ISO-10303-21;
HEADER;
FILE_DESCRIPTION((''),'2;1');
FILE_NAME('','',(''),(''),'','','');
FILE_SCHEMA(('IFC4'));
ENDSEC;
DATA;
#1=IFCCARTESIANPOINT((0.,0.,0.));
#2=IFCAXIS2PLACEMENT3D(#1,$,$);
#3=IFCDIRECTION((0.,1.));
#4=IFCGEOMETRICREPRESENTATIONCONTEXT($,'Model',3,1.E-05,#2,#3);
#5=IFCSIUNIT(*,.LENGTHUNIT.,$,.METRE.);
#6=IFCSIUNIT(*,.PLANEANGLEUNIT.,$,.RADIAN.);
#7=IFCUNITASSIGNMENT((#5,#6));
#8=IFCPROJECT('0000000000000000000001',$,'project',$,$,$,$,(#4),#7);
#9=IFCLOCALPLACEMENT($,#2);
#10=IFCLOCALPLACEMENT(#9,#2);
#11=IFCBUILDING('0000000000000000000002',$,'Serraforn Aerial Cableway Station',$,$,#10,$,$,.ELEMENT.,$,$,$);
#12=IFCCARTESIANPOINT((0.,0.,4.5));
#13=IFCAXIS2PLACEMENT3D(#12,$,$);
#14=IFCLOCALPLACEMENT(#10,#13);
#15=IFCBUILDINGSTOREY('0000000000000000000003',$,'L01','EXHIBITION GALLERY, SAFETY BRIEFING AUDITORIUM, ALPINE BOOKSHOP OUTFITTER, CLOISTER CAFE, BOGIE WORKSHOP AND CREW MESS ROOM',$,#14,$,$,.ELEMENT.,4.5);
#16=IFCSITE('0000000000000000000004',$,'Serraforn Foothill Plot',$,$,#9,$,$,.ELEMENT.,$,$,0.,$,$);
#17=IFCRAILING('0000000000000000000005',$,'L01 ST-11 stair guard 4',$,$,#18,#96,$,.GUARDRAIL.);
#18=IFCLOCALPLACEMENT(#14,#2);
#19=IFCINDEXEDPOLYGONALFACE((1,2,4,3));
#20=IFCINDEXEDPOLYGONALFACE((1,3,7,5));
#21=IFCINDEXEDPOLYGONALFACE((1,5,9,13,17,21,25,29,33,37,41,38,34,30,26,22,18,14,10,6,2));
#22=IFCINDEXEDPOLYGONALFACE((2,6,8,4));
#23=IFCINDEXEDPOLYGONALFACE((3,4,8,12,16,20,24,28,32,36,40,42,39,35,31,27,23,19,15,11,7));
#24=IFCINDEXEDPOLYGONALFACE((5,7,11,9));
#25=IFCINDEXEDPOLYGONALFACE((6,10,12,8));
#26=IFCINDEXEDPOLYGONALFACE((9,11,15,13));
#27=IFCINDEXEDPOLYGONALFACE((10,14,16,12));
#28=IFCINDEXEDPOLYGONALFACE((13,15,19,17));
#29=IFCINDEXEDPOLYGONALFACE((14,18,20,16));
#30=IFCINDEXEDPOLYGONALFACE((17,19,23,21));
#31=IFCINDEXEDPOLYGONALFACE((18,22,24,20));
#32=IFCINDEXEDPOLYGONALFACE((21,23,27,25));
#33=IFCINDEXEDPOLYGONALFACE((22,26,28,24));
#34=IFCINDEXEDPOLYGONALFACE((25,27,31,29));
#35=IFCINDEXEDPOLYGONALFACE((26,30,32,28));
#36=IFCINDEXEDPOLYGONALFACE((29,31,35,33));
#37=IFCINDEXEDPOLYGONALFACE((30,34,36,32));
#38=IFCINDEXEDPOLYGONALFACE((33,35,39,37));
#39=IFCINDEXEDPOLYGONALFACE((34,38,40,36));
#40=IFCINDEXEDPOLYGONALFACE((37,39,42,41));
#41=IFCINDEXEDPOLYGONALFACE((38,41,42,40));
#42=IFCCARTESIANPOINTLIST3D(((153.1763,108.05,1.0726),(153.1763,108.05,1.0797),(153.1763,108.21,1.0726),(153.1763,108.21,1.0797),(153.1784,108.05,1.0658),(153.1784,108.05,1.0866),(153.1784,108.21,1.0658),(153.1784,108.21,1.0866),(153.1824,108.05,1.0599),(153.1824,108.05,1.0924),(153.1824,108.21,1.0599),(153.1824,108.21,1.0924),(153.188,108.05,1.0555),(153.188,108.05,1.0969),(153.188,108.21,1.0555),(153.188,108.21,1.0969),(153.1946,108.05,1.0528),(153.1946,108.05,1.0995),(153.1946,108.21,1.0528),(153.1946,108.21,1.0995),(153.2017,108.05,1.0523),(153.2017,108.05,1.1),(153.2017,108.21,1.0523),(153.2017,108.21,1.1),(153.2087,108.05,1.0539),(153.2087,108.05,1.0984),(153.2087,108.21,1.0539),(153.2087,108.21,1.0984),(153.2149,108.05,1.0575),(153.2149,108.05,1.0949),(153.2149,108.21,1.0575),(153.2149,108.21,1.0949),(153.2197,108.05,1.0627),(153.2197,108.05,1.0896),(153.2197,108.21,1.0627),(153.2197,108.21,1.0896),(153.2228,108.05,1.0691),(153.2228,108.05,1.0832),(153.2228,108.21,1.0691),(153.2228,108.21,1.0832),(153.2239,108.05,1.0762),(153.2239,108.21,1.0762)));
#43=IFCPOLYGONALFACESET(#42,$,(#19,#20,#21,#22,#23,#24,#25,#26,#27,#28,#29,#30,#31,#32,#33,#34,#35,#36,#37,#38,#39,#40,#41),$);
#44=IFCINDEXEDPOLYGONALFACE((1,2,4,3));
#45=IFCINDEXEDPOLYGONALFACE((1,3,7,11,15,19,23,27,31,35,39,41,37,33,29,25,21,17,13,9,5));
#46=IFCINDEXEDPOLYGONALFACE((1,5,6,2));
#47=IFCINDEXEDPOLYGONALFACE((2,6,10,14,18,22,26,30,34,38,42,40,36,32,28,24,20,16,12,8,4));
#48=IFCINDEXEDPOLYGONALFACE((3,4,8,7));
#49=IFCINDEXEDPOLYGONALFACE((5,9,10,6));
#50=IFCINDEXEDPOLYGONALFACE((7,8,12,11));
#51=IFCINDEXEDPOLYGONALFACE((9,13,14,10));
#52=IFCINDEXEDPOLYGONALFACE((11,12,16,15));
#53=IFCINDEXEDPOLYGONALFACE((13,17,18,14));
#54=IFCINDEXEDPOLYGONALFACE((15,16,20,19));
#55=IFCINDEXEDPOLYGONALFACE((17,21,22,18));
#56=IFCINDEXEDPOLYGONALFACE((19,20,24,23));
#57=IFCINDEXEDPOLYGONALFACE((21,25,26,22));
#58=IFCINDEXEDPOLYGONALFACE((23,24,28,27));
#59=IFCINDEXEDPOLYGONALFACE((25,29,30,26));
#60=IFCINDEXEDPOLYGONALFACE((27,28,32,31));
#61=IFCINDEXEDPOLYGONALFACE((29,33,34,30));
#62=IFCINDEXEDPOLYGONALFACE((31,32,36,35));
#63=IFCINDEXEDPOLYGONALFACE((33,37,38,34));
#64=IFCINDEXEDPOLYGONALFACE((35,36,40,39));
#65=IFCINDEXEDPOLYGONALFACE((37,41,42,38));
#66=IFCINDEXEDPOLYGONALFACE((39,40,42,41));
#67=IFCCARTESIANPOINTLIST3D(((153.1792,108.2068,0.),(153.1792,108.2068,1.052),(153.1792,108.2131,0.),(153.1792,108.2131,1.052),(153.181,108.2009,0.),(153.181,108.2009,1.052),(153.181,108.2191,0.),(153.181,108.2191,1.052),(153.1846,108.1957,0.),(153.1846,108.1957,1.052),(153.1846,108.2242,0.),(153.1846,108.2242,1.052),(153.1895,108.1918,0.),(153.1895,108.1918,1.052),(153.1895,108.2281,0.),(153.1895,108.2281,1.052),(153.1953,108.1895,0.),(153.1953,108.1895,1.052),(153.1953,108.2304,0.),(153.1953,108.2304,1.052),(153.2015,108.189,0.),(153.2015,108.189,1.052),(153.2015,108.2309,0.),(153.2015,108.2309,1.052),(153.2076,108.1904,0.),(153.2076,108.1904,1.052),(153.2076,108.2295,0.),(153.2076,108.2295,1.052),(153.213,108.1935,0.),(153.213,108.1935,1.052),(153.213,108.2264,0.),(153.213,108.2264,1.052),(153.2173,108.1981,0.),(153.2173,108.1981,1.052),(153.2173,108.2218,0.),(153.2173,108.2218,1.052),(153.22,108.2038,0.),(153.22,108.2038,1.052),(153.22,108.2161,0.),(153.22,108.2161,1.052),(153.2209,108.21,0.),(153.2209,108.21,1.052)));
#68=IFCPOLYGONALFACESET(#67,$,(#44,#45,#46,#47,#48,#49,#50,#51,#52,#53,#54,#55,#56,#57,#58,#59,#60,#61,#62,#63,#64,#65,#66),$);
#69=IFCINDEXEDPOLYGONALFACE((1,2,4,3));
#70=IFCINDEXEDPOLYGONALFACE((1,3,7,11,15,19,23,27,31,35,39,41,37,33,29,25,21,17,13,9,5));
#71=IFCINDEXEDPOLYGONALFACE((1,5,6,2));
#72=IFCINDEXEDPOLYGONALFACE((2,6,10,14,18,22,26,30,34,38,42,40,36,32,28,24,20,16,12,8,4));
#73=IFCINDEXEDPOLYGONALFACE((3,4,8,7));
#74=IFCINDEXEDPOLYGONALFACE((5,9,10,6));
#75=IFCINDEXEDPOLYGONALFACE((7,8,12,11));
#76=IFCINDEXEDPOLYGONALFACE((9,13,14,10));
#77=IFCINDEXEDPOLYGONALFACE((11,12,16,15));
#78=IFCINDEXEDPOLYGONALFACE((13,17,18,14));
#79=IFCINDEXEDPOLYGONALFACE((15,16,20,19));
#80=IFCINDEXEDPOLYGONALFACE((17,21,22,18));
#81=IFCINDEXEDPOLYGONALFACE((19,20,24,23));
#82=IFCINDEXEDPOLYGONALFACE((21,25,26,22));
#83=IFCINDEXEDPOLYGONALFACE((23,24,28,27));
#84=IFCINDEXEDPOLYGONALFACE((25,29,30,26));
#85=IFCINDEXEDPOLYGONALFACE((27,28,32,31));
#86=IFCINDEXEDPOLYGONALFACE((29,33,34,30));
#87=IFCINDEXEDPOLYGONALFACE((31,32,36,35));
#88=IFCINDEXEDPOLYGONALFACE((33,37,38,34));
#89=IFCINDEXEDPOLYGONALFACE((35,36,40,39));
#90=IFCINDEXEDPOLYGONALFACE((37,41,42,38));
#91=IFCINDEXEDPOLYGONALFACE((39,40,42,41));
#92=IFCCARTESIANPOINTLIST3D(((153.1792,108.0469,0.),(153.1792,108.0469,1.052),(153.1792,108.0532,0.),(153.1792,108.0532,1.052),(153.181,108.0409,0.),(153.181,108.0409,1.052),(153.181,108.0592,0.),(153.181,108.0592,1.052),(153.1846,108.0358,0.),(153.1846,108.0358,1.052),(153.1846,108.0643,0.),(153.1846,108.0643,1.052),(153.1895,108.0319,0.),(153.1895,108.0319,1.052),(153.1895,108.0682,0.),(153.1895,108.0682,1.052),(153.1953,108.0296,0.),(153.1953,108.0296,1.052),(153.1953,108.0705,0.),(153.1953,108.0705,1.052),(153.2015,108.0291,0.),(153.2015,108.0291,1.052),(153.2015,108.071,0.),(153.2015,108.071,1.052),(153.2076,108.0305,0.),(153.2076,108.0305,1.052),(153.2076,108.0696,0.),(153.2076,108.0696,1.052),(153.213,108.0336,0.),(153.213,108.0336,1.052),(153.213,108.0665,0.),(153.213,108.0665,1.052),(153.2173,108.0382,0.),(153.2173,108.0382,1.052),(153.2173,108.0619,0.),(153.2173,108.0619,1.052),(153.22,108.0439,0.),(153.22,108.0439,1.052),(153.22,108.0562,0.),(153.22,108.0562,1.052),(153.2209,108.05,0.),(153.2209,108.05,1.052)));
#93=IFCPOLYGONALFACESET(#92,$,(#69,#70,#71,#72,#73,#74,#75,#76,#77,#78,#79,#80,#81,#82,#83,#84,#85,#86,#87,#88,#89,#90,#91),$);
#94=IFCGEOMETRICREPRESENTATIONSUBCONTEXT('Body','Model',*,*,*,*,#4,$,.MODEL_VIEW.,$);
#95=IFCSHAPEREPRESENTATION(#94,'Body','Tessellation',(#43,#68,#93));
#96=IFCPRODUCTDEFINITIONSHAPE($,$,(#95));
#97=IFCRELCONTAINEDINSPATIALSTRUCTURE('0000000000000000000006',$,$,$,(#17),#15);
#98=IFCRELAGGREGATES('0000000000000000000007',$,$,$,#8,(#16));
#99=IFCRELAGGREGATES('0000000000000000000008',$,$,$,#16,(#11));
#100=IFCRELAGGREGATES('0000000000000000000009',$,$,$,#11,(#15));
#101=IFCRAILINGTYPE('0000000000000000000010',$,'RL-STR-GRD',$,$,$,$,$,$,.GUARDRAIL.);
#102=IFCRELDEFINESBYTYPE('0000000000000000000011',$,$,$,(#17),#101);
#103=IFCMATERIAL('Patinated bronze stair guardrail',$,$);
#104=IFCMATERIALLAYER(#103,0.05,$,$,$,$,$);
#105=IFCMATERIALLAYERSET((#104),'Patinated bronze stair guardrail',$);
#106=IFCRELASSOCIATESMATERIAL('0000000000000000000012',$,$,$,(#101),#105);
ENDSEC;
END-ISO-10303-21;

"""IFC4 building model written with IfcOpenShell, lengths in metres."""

from ifc_helpers import new_model, si_unit, direction, frame, origin, origin_2d, place, context, subcontext, project, spatial, circle, extrude, material, layer, layer_set, type_object, element, save


model = new_model("IFC4")

# Units and contexts
model_context = context("Model", 3, precision=1e-05, world=origin(), true_north=direction((0.0, 1.0)))
body_context = subcontext(model_context, "Body", "Model", "MODEL_VIEW")
ifc_project = project(units=[si_unit("LENGTHUNIT", "METRE"), si_unit("PLANEANGLEUNIT", "RADIAN")], contexts=[model_context])

# Site, building, storey
site_placement = place(None, origin())
site = spatial("IfcSite", under=ifc_project, at=site_placement, Name="Serraforn Foothill Plot", CompositionType="ELEMENT", RefElevation=0.0)
building_placement = place(site_placement, origin())
building = spatial("IfcBuilding", under=site, at=building_placement, Name="Serraforn Aerial Cableway Station", CompositionType="ELEMENT")
storey_placement = place(building_placement, frame((0.0, 0.0, 4.5)))
storey = spatial("IfcBuildingStorey", under=building, at=storey_placement, Name="L01", Description="EXHIBITION GALLERY, SAFETY BRIEFING AUDITORIUM, ALPINE BOOKSHOP OUTFITTER, CLOISTER CAFE, BOGIE WORKSHOP AND CREW MESS ROOM", CompositionType="ELEMENT", Elevation=4.5)

# Railing
ifc_material_1 = material(Name="Patinated bronze stair guardrail")
ifc_layer_1 = layer(ifc_material_1, 0.05)
ifc_layer_set_1 = layer_set([ifc_layer_1], Name="Patinated bronze stair guardrail")
railing_type_1 = type_object("IfcRailingType", Name="RL-STR-GRD", PredefinedType="GUARDRAIL", material=ifc_layer_set_1)
railing_1_placement = place(storey_placement, frame((153.2, 108.21, 0.0)))
element("IfcRailing", 1, at=railing_1_placement, inside=storey, type_object=railing_type_1, Name="L01 ST-11 stair guard 4", PredefinedType="GUARDRAIL", context=body_context, shape_type="SweptSolid", body=[
    extrude(circle(Radius=0.0239, at=origin_2d()), frame((0.0, 0.0, 1.0762), z_axis=(0.0, -1.0, 0.0), x_axis=(1.0, 0.0, 0.0)), (0.0, 0.0, 1.0), 0.1599),
    extrude(circle(Radius=0.021, at=origin_2d()), origin(), (0.0, 0.0, 1.0), 1.052),
    extrude(circle(Radius=0.021, at=origin_2d()), frame((0.0, -0.1599, 0.0)), (0.0, 0.0, 1.0), 1.052),
])

save(model, "model.ifc")
